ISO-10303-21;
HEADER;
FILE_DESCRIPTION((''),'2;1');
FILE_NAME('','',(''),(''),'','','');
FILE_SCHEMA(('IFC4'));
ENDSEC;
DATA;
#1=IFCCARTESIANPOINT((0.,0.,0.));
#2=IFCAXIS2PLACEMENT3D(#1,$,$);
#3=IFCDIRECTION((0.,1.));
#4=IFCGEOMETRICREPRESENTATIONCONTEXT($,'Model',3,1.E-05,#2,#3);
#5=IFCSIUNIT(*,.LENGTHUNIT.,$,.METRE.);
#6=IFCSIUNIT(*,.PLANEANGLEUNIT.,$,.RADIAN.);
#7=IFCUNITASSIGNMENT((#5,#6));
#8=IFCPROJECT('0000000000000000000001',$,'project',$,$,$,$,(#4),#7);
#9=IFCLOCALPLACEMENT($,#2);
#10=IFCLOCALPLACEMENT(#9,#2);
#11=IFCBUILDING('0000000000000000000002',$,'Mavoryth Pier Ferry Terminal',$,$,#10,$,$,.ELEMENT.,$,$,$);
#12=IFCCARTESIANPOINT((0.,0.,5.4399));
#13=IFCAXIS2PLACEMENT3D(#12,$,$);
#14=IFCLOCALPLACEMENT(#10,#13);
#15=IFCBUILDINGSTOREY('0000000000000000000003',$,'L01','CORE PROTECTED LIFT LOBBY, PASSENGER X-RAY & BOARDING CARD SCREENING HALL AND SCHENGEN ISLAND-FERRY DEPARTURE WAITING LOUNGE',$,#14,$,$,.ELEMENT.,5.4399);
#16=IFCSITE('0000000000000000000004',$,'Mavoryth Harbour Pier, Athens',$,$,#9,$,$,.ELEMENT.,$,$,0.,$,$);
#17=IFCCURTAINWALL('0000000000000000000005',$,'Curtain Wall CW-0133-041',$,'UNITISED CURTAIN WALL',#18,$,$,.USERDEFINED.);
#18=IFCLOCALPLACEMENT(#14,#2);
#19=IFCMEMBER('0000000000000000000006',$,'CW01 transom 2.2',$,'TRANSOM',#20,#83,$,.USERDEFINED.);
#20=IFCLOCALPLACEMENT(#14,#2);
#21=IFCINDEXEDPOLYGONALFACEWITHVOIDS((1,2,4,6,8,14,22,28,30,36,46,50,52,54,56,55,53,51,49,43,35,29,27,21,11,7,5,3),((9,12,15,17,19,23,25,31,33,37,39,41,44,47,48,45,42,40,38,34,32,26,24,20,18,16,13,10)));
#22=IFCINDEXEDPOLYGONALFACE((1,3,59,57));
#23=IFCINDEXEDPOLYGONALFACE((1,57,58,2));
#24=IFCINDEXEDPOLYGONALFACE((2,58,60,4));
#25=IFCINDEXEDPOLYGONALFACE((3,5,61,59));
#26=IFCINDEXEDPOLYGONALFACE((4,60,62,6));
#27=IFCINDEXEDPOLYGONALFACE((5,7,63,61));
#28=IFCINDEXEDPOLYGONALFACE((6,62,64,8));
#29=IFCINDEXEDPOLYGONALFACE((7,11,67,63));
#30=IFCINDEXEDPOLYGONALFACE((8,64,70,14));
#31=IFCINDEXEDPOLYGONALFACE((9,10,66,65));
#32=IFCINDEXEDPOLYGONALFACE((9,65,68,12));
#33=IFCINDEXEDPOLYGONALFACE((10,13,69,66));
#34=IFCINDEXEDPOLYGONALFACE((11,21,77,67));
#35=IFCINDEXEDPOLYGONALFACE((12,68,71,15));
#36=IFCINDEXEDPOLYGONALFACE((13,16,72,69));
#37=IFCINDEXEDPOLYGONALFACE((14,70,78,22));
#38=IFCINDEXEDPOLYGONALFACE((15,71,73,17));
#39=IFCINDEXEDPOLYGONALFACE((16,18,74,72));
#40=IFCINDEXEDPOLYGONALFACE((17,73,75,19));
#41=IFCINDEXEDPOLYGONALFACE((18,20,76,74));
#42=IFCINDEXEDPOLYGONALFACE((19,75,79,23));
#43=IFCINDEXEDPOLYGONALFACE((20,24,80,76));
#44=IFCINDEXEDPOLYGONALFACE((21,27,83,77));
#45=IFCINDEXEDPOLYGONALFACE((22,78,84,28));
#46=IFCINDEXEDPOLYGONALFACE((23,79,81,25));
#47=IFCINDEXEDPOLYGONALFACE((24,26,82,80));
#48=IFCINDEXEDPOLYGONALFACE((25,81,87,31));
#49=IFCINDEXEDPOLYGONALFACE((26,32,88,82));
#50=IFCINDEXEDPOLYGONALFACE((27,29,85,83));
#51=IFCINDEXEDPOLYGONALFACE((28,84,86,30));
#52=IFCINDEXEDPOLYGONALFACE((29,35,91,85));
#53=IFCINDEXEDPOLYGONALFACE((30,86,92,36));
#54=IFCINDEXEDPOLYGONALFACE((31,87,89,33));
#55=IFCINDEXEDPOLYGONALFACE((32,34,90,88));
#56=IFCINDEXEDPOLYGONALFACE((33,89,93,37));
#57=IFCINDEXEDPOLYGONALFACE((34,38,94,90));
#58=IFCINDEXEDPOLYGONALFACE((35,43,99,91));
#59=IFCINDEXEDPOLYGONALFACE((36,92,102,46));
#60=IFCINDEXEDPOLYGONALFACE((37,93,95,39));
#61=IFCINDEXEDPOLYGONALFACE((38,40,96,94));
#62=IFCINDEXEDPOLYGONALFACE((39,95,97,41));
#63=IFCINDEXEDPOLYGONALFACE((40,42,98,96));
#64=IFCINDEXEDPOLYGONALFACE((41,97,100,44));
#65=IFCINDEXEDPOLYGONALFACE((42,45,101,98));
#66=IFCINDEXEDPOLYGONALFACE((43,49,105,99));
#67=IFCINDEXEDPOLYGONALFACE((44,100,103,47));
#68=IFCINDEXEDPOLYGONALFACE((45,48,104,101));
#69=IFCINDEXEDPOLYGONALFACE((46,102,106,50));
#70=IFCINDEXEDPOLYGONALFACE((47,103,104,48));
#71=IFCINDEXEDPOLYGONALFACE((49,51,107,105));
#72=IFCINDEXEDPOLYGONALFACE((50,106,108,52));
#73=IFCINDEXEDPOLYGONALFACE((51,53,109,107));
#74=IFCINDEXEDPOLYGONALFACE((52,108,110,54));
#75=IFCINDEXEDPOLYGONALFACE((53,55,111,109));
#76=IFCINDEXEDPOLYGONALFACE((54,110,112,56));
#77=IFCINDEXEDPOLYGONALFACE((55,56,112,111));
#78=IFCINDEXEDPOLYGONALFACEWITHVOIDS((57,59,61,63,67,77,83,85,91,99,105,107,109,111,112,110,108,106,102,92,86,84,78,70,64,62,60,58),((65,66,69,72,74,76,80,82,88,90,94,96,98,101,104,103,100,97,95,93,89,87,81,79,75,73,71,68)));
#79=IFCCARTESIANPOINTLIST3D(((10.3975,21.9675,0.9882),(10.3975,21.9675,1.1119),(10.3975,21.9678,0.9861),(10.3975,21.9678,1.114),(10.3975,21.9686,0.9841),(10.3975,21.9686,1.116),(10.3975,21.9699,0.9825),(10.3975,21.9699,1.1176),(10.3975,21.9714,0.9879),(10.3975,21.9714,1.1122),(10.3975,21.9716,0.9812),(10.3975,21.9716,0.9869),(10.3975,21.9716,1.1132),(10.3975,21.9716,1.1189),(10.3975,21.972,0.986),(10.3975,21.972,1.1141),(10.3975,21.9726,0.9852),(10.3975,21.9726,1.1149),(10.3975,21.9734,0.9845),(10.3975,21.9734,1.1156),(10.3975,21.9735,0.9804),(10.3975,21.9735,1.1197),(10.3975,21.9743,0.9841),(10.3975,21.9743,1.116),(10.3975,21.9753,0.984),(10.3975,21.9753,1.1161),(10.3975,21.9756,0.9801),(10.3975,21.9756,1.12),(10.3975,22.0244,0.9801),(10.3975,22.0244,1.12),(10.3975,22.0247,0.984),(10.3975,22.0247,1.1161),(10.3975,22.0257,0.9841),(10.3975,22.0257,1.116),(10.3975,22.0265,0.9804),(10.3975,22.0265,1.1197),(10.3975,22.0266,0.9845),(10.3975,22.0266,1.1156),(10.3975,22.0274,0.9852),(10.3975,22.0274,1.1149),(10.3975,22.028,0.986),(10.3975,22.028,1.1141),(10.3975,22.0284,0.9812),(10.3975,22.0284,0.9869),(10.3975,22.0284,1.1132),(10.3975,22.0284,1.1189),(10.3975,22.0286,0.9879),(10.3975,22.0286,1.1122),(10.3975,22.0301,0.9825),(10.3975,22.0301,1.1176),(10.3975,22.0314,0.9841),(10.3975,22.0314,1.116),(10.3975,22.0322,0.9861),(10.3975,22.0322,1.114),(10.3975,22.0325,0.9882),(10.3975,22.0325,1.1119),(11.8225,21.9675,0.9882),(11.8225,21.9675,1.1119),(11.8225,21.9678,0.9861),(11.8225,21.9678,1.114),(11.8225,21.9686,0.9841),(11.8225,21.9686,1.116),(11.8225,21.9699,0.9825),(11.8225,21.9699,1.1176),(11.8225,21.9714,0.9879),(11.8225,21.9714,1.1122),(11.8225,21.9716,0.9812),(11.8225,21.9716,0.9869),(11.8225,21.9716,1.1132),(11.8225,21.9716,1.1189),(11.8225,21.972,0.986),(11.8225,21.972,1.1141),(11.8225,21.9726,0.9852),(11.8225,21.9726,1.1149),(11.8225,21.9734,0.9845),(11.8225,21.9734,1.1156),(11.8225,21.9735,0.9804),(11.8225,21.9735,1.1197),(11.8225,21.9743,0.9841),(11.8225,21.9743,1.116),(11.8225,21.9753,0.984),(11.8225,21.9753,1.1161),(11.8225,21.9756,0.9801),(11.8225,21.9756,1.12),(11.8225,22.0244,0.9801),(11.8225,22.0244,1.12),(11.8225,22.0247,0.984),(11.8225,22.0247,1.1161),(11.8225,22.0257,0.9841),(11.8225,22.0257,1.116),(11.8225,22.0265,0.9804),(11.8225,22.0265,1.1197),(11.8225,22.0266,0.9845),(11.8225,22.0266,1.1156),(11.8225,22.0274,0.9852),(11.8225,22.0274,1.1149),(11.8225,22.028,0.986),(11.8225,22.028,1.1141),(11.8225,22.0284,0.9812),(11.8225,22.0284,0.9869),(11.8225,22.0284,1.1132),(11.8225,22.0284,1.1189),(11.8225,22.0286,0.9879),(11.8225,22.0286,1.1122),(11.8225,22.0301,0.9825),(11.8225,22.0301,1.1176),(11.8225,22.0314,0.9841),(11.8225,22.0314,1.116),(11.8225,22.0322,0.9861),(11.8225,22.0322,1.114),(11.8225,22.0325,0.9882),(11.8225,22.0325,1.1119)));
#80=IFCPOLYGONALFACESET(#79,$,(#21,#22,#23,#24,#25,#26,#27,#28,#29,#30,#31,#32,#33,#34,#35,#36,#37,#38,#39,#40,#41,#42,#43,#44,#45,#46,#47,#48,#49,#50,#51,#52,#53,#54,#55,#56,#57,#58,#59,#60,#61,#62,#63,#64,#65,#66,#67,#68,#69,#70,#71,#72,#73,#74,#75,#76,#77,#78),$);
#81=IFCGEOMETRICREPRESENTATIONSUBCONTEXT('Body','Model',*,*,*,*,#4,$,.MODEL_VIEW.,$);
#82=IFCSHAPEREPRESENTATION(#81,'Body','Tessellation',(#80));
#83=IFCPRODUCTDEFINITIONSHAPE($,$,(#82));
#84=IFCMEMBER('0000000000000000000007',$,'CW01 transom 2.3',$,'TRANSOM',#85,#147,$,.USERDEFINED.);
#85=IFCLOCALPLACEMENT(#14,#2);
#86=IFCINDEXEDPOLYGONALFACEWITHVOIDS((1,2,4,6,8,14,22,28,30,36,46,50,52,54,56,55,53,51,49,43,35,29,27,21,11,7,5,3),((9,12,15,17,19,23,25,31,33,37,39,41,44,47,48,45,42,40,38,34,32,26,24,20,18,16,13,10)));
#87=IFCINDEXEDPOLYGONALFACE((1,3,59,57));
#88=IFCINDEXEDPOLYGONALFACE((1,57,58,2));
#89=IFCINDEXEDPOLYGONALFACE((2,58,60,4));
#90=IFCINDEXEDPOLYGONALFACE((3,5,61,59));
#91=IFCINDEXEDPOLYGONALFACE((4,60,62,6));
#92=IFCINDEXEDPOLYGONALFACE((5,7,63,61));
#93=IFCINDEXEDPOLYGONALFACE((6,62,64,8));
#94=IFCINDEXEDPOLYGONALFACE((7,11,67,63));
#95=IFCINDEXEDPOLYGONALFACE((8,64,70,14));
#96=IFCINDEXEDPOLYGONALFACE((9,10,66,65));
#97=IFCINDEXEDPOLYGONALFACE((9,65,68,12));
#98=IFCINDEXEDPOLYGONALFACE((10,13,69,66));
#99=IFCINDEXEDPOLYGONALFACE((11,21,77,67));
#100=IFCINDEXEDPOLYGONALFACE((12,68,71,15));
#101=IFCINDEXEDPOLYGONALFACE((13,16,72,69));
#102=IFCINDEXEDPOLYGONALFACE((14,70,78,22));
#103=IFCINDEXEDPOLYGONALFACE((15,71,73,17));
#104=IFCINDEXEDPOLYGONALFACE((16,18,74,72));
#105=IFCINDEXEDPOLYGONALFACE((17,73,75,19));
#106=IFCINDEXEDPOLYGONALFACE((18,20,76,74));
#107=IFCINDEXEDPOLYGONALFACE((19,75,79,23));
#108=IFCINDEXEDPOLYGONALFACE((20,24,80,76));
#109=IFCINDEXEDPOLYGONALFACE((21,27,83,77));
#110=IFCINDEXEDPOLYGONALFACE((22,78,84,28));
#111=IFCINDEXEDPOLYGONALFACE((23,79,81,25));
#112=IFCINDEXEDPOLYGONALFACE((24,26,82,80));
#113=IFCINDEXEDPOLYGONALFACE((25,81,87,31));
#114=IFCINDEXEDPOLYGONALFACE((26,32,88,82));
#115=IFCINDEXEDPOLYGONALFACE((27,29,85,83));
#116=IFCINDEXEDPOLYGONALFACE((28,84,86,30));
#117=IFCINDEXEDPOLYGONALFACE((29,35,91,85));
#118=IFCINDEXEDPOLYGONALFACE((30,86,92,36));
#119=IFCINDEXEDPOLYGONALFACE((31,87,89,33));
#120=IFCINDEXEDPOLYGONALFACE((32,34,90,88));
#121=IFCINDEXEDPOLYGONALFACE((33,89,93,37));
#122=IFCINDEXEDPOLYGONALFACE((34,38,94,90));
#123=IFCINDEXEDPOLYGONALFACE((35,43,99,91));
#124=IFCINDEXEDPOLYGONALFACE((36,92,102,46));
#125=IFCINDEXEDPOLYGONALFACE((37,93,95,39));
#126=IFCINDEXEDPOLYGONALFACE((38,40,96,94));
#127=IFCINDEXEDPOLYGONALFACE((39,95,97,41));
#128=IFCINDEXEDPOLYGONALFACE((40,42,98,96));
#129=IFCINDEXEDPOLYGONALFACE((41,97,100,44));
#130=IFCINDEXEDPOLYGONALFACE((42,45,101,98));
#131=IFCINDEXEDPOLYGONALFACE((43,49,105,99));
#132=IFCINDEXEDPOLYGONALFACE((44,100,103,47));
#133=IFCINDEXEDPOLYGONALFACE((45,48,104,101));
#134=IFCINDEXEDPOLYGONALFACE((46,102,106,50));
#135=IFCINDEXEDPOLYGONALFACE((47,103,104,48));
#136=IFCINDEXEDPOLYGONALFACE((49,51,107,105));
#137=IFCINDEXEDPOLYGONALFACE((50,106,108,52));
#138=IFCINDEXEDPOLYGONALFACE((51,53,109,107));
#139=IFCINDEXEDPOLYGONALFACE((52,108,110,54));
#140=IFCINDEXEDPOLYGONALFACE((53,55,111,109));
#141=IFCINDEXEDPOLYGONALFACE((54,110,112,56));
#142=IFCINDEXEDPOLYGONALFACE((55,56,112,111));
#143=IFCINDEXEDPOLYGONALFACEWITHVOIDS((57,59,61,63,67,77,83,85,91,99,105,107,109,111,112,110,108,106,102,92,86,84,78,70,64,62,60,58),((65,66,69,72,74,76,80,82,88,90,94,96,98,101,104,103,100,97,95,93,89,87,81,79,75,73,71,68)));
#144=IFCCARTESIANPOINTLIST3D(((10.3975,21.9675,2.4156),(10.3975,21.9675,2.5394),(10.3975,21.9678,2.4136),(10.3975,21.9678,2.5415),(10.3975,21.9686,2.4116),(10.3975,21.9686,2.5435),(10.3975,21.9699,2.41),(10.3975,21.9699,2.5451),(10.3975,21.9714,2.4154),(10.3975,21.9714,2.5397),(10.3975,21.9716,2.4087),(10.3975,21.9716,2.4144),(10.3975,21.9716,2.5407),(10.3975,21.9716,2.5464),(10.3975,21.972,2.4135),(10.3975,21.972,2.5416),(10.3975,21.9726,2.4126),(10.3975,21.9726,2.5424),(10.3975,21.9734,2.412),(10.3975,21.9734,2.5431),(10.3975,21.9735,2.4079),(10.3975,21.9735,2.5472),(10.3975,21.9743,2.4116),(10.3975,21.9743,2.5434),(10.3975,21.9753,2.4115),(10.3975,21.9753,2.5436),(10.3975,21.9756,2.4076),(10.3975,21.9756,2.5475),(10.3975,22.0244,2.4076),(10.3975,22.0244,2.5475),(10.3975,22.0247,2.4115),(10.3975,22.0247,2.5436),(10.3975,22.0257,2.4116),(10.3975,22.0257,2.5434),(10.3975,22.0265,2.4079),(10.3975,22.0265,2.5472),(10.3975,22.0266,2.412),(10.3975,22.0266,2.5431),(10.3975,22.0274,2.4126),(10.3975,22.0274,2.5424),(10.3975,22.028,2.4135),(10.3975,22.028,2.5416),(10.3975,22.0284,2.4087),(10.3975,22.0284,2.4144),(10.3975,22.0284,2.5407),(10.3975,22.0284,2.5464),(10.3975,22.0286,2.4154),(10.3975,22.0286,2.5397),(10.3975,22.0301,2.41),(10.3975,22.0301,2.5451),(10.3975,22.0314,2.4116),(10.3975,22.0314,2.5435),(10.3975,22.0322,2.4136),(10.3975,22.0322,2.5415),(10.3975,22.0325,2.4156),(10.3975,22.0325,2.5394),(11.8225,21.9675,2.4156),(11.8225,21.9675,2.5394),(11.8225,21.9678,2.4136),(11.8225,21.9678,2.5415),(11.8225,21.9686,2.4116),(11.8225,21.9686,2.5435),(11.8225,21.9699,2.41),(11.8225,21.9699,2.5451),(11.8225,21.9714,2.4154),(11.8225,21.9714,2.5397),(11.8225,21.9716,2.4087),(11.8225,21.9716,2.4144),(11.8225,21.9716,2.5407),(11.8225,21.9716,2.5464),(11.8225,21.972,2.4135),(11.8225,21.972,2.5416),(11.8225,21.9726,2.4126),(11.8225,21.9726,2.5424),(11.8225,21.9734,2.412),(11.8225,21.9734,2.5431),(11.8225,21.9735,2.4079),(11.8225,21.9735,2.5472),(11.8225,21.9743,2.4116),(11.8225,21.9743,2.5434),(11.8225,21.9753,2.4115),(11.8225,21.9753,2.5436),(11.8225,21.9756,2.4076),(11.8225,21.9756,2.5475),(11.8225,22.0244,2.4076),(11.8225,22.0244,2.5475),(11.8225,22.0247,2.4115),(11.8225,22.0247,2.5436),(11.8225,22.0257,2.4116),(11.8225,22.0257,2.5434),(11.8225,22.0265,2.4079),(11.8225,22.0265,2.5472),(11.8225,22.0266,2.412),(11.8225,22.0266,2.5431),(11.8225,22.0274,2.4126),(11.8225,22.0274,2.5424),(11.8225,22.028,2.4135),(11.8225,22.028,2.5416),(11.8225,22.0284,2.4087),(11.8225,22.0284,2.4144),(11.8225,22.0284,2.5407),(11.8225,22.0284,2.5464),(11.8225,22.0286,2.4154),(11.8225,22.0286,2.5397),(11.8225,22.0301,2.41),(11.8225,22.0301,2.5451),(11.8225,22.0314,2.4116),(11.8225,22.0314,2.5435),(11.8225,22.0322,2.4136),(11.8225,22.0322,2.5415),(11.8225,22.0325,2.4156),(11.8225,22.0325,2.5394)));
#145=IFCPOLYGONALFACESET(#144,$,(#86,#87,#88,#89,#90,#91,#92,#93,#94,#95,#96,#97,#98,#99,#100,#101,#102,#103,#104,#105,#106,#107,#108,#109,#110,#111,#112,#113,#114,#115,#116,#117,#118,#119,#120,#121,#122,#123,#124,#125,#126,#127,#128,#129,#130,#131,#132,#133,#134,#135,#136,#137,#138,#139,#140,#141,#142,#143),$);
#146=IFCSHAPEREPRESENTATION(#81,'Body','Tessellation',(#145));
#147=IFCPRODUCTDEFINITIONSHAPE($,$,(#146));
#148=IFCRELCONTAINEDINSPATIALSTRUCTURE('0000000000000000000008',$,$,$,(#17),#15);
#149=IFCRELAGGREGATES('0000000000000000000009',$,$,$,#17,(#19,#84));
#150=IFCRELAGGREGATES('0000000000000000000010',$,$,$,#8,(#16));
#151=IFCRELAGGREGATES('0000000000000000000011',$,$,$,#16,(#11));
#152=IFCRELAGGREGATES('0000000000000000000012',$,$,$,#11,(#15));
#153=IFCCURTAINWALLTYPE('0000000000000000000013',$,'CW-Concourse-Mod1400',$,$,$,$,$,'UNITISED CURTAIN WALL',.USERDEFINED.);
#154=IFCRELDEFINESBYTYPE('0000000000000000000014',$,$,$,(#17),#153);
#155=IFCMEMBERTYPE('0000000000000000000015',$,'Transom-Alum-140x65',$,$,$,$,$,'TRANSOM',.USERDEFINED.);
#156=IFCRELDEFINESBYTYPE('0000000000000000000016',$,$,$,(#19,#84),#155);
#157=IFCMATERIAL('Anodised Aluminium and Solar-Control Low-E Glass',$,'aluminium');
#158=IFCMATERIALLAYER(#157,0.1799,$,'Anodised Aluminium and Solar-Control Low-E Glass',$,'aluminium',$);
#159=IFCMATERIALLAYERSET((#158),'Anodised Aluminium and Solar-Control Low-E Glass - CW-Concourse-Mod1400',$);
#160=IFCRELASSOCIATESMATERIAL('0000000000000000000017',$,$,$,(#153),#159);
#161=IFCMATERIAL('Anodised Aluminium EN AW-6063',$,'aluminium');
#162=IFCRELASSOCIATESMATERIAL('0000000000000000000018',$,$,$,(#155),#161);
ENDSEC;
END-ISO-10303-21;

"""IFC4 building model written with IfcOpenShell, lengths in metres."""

from ifc_helpers import new_model, si_unit, direction, frame, origin, origin_2d, place, context, subcontext, project, spatial, hollow_rectangle, extrude, material, layer, layer_set, material_profile, profile_set, type_object, element, aggregate, save


model = new_model("IFC4")

# Units and contexts
model_context = context("Model", 3, precision=1e-05, world=origin(), true_north=direction((0.0, 1.0)))
body_context = subcontext(model_context, "Body", "Model", "MODEL_VIEW")
ifc_project = project(units=[si_unit("LENGTHUNIT", "METRE"), si_unit("PLANEANGLEUNIT", "RADIAN")], contexts=[model_context])

# Site, building, storey
site_placement = place(None, origin())
site = spatial("IfcSite", under=ifc_project, at=site_placement, Name="Mavoryth Harbour Pier, Athens", CompositionType="ELEMENT", RefElevation=0.0)
building_placement = place(site_placement, origin())
building = spatial("IfcBuilding", under=site, at=building_placement, Name="Mavoryth Pier Ferry Terminal", CompositionType="ELEMENT")
storey_placement = place(building_placement, frame((0.0, 0.0, 5.4399)))
storey = spatial("IfcBuildingStorey", under=building, at=storey_placement, Name="L01", Description="CORE PROTECTED LIFT LOBBY, PASSENGER X-RAY & BOARDING CARD SCREENING HALL AND SCHENGEN ISLAND-FERRY DEPARTURE WAITING LOUNGE", CompositionType="ELEMENT", Elevation=5.4399)

# Curtain wall
ifc_material_1 = material(Name="Anodised Aluminium and Solar-Control Low-E Glass", Category="aluminium")
ifc_layer_1 = layer(ifc_material_1, 0.1799, Name="Anodised Aluminium and Solar-Control Low-E Glass", Category="aluminium")
ifc_layer_set_1 = layer_set([ifc_layer_1], Name="Anodised Aluminium and Solar-Control Low-E Glass - CW-Concourse-Mod1400")
curtain_wall_type = type_object("IfcCurtainWallType", Name="CW-Concourse-Mod1400", ElementType="UNITISED CURTAIN WALL", PredefinedType="USERDEFINED", material=ifc_layer_set_1)
ifc_material_2 = material(Name="Anodised Aluminium EN AW-6063", Category="aluminium")
curtain_wall_1_placement = place(storey_placement, origin())
curtain_wall_1 = element("IfcCurtainWall", 1, at=curtain_wall_1_placement, inside=storey, type_object=curtain_wall_type, Name="Curtain Wall CW-0133-041", ObjectType="UNITISED CURTAIN WALL", PredefinedType="USERDEFINED")

# Members
ifc_material_profile_1 = material_profile(ifc_material_2, hollow_rectangle(XDim=0.0649, YDim=0.1399, WallThickness=0.0039, InnerFilletRadius=0.0039, OuterFilletRadius=0.0081, at=origin_2d()), Name="AL-TRAN 140x65x4", Category="aluminium")
ifc_profile_set_1 = profile_set([ifc_material_profile_1], Name="Anodised Aluminium EN AW-6063 - AL-TRAN 140x65x4")
member_type_1 = type_object("IfcMemberType", Name="Transom-Alum-140x65", ElementType="TRANSOM", PredefinedType="USERDEFINED", material=ifc_profile_set_1)
member_1_placement = place(storey_placement, frame((10.3975, 22.0, 1.05), z_axis=(1.0, 0.0, 0.0), x_axis=(0.0, 1.0, 0.0)))
member_1 = element("IfcMember", 2, at=member_1_placement, type_object=member_type_1, Name="CW01 transom 2.2", ObjectType="TRANSOM", PredefinedType="USERDEFINED", context=body_context, shape_type="SweptSolid", body=[
    extrude(hollow_rectangle(XDim=0.0649, YDim=0.1399, WallThickness=0.0039, InnerFilletRadius=0.0039, OuterFilletRadius=0.0081, at=origin_2d()), origin(), (0.0, 0.0, 1.0), 1.425),
])
member_2_placement = place(storey_placement, frame((10.3975, 22.0, 2.4775), z_axis=(1.0, 0.0, 0.0), x_axis=(0.0, 1.0, 0.0)))
member_2 = element("IfcMember", 3, at=member_2_placement, type_object=member_type_1, Name="CW01 transom 2.3", ObjectType="TRANSOM", PredefinedType="USERDEFINED", context=body_context, shape_type="SweptSolid", body=[
    extrude(hollow_rectangle(XDim=0.0649, YDim=0.1399, WallThickness=0.0039, InnerFilletRadius=0.0039, OuterFilletRadius=0.0081, at=origin_2d()), origin(), (0.0, 0.0, 1.0), 1.425),
])

aggregate(curtain_wall_1, [member_1, member_2])

save(model, "model.ifc")
